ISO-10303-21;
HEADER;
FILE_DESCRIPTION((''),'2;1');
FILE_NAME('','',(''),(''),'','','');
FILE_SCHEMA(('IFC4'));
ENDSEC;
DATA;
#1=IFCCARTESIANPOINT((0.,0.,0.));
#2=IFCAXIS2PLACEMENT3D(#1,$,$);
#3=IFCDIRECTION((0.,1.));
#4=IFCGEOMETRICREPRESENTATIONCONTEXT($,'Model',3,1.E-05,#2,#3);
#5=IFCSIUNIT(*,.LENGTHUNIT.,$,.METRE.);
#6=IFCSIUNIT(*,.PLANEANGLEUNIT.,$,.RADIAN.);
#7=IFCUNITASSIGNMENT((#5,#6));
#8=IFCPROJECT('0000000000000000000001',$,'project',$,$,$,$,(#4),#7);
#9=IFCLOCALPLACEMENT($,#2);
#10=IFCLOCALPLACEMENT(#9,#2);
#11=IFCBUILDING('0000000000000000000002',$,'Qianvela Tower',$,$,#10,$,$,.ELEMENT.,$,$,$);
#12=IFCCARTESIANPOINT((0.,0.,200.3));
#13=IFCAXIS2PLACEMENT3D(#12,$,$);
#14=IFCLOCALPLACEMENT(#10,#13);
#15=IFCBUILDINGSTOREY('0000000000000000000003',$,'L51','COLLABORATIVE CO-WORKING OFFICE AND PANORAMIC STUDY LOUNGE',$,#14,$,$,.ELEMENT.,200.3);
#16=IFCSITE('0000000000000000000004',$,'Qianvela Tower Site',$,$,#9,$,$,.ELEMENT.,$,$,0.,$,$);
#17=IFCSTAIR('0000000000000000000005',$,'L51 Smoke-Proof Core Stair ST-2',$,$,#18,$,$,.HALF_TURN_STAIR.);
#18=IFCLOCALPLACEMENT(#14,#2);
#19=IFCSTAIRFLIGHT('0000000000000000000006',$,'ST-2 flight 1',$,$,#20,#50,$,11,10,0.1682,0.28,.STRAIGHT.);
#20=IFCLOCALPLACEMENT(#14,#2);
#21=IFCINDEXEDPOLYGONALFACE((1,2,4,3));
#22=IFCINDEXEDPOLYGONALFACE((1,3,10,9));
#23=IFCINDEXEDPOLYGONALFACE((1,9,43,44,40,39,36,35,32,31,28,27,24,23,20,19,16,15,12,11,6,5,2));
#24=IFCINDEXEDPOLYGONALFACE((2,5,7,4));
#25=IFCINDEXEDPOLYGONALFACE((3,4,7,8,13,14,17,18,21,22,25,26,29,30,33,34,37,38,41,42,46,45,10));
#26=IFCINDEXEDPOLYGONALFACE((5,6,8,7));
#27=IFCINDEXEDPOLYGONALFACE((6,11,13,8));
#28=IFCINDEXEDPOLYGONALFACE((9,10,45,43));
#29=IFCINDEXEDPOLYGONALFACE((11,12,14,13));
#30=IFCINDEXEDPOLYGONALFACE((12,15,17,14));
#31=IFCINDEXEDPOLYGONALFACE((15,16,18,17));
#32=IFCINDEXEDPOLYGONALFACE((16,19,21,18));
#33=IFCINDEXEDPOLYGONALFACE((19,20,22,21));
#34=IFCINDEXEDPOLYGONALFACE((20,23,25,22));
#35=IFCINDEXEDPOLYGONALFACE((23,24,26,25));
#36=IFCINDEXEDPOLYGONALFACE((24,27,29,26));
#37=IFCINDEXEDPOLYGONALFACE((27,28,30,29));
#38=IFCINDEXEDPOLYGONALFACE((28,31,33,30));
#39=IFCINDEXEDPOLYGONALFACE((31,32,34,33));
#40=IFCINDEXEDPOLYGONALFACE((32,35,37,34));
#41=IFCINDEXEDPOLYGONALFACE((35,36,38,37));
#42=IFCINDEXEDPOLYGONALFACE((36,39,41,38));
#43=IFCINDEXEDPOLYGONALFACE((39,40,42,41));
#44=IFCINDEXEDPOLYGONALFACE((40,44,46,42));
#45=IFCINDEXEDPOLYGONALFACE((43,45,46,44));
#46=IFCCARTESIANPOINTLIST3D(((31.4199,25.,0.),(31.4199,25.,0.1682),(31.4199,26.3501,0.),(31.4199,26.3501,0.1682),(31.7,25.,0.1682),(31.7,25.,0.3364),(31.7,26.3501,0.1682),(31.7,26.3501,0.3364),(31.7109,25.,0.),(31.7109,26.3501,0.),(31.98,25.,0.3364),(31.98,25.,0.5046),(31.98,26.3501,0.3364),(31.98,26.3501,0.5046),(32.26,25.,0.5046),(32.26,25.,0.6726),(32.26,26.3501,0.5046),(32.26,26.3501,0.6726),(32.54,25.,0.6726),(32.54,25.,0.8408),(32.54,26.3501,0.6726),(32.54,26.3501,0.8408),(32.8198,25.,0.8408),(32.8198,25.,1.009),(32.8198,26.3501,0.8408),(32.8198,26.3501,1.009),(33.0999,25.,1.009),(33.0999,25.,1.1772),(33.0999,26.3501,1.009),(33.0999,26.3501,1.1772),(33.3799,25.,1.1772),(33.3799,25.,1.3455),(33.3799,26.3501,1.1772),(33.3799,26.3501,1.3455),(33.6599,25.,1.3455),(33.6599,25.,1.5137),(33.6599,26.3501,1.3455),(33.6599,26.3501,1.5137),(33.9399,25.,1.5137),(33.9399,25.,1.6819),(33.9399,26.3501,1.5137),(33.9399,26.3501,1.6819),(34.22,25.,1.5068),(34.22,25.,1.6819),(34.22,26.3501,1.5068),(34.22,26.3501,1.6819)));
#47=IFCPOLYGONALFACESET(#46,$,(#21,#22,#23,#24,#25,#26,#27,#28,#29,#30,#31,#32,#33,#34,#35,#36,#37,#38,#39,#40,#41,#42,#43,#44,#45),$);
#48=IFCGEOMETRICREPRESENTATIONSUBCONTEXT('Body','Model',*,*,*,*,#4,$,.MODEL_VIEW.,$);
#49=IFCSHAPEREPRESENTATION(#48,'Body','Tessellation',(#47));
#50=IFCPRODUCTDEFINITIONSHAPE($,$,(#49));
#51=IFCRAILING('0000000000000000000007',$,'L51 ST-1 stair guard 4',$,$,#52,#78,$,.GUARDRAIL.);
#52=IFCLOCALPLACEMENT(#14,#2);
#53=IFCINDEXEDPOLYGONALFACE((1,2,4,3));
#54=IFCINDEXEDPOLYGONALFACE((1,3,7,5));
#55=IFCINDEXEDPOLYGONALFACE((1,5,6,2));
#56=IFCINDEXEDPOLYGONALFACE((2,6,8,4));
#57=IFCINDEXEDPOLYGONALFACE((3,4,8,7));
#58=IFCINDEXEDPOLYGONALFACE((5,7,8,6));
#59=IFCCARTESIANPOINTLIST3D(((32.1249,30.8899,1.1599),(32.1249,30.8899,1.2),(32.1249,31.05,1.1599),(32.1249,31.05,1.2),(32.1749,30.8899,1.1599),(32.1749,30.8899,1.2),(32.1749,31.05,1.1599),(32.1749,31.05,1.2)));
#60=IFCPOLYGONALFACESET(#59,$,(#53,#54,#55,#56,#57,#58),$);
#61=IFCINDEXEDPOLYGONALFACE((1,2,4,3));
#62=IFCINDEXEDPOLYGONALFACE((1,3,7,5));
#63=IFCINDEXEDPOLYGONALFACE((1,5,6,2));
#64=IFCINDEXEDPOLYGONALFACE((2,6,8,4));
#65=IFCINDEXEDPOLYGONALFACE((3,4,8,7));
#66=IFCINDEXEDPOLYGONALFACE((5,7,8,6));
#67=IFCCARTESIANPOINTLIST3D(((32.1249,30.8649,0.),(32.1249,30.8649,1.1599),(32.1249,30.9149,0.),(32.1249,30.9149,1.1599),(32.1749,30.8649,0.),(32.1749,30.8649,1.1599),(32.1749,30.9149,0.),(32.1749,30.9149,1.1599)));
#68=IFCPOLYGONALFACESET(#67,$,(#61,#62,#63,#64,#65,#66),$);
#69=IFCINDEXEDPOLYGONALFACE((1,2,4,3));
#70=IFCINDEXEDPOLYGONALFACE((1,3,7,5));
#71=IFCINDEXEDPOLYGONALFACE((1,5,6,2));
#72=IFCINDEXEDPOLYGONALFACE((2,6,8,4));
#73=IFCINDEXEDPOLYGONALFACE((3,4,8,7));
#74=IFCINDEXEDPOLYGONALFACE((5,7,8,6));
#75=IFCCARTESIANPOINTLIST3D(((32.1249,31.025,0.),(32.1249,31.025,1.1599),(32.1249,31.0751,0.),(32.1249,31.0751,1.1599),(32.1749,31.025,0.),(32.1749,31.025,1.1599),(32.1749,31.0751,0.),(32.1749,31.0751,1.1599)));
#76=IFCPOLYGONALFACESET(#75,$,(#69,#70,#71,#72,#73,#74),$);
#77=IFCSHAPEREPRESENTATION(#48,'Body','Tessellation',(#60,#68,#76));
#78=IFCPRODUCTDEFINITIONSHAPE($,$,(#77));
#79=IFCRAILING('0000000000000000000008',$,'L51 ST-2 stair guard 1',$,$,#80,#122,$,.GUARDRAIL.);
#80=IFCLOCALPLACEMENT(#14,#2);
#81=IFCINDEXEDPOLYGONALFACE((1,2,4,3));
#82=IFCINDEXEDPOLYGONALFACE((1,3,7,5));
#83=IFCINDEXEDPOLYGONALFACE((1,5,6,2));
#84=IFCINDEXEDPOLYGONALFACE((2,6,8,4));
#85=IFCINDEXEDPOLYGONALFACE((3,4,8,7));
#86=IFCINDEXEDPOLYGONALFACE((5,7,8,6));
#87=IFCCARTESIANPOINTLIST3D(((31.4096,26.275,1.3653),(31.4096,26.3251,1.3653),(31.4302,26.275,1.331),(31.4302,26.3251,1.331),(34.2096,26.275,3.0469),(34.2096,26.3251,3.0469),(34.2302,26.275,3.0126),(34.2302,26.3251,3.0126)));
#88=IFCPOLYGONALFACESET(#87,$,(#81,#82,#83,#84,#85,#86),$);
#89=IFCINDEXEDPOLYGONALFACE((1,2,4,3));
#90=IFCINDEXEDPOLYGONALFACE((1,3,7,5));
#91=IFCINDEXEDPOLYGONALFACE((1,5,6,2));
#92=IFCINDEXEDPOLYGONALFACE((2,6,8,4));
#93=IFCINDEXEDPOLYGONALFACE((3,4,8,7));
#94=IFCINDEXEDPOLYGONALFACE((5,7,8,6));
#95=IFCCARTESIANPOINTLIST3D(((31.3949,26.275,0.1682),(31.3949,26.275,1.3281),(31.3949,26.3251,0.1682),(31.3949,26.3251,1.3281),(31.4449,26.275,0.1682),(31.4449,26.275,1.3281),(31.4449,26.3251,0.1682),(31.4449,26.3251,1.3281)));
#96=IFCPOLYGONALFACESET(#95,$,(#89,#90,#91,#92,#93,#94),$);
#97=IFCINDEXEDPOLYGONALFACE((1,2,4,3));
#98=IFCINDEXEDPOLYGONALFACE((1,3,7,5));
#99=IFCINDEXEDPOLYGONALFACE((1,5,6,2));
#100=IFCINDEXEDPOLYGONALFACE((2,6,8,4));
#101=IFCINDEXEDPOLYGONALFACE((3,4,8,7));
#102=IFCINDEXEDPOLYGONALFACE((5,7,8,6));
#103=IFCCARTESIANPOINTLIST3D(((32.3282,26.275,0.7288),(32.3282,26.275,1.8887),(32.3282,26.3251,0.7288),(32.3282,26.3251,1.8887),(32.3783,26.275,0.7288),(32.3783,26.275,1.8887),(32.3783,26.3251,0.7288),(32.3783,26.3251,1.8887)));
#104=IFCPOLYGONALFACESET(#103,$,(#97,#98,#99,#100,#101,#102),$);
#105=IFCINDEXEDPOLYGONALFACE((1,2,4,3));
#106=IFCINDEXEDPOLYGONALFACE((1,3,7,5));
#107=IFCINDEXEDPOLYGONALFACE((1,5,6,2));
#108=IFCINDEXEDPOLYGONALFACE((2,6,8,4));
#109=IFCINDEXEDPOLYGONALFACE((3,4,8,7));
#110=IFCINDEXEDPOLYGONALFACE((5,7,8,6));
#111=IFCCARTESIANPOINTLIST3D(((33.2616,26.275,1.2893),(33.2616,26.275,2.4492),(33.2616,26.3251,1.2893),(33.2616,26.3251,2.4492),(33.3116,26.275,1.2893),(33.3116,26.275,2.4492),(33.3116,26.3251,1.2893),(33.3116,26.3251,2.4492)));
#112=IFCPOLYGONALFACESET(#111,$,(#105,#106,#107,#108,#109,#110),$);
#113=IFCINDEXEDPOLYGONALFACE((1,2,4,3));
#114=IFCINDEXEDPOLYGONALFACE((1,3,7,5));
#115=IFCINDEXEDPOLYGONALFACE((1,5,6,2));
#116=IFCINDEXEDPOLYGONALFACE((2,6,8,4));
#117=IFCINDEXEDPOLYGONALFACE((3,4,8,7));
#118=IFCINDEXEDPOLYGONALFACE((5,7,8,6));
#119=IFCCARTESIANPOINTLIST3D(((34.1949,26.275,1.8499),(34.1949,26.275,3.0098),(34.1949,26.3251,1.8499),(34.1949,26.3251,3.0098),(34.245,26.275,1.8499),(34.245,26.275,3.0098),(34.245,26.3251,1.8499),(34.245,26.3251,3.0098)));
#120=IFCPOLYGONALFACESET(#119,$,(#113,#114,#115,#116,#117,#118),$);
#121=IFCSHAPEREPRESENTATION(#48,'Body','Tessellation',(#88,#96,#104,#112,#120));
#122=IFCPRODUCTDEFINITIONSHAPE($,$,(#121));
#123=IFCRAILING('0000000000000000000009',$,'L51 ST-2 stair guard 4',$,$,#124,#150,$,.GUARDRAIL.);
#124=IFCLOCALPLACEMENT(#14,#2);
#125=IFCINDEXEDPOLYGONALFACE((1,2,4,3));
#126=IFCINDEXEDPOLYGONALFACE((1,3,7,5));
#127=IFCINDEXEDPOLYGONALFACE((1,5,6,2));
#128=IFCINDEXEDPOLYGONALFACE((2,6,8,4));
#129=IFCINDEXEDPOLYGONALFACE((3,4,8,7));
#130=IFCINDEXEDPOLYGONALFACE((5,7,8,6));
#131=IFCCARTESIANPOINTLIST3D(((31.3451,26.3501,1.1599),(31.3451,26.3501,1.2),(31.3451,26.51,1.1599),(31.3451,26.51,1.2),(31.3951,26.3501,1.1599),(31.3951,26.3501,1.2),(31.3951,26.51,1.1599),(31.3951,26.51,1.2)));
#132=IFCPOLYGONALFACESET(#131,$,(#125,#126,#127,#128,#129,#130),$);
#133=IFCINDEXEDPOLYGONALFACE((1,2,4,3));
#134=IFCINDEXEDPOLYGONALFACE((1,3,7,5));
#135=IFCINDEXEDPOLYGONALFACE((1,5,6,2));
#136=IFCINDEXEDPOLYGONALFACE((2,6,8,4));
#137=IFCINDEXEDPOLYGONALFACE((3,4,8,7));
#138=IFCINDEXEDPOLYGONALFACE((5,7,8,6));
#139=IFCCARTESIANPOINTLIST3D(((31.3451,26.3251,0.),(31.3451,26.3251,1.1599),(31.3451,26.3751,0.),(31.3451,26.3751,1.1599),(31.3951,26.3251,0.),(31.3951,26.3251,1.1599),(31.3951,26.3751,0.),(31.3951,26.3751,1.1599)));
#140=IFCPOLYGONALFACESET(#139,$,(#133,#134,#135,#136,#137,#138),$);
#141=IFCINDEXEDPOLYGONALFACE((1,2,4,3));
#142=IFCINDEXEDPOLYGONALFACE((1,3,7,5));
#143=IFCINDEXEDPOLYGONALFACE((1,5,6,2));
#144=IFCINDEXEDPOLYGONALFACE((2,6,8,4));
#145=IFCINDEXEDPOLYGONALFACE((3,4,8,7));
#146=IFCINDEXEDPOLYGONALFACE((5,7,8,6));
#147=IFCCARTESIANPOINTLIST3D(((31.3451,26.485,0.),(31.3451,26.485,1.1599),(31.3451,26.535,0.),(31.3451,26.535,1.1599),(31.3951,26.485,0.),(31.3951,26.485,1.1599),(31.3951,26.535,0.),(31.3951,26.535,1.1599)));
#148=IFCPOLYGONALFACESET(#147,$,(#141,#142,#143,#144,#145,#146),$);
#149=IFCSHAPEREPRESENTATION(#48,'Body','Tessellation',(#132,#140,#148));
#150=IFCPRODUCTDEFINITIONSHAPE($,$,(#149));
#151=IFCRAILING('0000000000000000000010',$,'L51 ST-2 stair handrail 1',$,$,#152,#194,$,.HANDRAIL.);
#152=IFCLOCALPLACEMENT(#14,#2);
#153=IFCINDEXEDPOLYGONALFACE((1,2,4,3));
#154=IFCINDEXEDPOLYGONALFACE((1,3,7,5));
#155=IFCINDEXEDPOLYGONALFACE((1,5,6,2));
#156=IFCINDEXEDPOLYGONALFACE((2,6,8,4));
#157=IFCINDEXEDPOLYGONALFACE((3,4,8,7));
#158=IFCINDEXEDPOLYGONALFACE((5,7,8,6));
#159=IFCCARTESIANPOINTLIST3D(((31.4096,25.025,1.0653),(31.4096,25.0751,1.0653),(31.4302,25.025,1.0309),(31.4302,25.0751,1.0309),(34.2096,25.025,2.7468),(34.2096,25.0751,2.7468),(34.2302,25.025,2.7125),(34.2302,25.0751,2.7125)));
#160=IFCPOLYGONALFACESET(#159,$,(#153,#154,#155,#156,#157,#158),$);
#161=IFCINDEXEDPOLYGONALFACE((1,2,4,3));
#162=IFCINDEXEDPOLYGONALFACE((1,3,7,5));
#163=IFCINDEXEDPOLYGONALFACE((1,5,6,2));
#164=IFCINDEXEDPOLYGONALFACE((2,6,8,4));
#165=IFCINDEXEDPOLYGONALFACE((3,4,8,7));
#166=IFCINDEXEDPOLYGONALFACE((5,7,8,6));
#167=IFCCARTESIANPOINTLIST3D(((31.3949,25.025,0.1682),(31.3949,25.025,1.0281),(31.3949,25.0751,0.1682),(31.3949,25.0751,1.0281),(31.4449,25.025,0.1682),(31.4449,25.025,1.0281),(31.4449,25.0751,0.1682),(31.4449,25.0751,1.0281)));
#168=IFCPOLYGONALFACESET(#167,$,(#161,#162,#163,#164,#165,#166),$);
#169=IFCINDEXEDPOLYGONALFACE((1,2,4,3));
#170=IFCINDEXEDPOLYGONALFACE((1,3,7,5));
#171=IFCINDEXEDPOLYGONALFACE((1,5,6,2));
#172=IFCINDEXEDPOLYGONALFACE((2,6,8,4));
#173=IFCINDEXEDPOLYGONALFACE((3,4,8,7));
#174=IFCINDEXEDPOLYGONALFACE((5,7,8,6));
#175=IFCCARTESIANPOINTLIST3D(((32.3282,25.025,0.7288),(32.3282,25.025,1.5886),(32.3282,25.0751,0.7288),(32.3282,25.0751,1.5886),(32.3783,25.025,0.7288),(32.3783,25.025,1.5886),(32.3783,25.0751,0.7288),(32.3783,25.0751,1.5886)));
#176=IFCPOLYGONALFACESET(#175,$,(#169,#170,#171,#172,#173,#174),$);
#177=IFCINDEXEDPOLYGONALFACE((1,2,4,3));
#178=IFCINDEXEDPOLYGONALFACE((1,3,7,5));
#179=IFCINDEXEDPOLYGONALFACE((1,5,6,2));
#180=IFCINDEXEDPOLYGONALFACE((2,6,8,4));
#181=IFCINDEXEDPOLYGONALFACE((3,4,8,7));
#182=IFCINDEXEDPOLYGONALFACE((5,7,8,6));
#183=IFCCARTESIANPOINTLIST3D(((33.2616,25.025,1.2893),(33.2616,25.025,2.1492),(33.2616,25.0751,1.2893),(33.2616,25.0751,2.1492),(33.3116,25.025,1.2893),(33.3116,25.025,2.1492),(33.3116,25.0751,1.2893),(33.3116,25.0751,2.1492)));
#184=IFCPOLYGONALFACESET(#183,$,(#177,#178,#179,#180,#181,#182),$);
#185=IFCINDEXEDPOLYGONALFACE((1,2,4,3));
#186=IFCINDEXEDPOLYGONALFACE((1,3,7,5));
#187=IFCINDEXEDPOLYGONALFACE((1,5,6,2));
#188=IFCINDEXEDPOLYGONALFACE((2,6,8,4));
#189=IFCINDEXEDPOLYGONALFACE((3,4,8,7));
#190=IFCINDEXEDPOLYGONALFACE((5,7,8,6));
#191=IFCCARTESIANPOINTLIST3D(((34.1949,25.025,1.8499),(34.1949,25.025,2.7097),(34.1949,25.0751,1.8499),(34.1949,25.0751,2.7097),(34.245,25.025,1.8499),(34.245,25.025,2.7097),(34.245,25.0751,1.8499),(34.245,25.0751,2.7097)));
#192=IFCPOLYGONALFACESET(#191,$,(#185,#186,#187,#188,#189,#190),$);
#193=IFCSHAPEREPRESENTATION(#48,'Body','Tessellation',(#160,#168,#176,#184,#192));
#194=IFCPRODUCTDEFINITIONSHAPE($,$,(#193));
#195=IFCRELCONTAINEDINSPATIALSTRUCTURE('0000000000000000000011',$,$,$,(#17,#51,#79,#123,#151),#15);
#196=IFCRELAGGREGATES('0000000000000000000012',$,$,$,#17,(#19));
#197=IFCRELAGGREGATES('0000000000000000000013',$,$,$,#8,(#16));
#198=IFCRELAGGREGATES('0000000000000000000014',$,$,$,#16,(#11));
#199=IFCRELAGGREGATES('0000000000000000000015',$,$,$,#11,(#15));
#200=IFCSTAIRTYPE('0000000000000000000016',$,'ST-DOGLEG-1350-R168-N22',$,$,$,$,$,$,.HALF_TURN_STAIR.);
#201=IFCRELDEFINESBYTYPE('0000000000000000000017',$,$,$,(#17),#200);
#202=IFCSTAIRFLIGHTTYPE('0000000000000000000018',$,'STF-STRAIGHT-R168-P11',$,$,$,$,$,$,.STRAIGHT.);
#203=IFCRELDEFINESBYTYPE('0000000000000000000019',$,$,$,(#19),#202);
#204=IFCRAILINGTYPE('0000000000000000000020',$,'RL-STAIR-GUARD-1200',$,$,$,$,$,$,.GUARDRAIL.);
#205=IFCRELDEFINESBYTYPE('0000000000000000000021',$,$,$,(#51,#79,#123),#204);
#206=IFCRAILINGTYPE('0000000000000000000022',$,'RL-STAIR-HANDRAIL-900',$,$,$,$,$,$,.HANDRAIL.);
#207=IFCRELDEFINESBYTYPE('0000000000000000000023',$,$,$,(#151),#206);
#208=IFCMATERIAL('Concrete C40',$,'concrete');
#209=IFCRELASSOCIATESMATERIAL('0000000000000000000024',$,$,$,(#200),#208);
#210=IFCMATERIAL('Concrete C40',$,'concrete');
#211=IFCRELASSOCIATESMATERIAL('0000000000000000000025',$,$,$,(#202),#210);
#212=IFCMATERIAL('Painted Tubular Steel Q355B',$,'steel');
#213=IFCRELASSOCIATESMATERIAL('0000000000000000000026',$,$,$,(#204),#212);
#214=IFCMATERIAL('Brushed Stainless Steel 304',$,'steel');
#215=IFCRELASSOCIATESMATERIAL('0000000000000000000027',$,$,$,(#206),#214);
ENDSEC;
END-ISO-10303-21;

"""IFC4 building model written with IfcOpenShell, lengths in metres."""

from ifc_helpers import new_model, si_unit, direction, frame, origin, origin_2d, place, context, subcontext, project, spatial, polyline, rectangle, outline, extrude, material, type_object, element, aggregate, save


model = new_model("IFC4")

# Units and contexts
model_context = context("Model", 3, precision=1e-05, world=origin(), true_north=direction((0.0, 1.0)))
body_context = subcontext(model_context, "Body", "Model", "MODEL_VIEW")
ifc_project = project(units=[si_unit("LENGTHUNIT", "METRE"), si_unit("PLANEANGLEUNIT", "RADIAN")], contexts=[model_context])

# Site, building, storey
site_placement = place(None, origin())
site = spatial("IfcSite", under=ifc_project, at=site_placement, Name="Qianvela Tower Site", CompositionType="ELEMENT", RefElevation=0.0)
building_placement = place(site_placement, origin())
building = spatial("IfcBuilding", under=site, at=building_placement, Name="Qianvela Tower", CompositionType="ELEMENT")
storey_placement = place(building_placement, frame((0.0, 0.0, 200.3)))
storey = spatial("IfcBuildingStorey", under=building, at=storey_placement, Name="L51", Description="COLLABORATIVE CO-WORKING OFFICE AND PANORAMIC STUDY LOUNGE", CompositionType="ELEMENT", Elevation=200.3)

# Stair, stair flight
ifc_material_1 = material(Name="Concrete C40", Category="concrete")
stair_type = type_object("IfcStairType", Name="ST-DOGLEG-1350-R168-N22", PredefinedType="HALF_TURN_STAIR", material=ifc_material_1)
ifc_material_2 = material(Name="Concrete C40", Category="concrete")
stair_flight_type = type_object("IfcStairFlightType", Name="STF-STRAIGHT-R168-P11", PredefinedType="STRAIGHT", material=ifc_material_2)
stair_1_placement = place(storey_placement, origin())
stair_1 = element("IfcStair", 1, at=stair_1_placement, inside=storey, type_object=stair_type, Name="L51 Smoke-Proof Core Stair ST-2", PredefinedType="HALF_TURN_STAIR")
stair_flight_1_placement = place(storey_placement, frame((31.4199, 25.675, 0.0), z_axis=(0.0, 0.0, 1.0), x_axis=(1.0, 0.0, 0.0)))
stair_flight_1 = element("IfcStairFlight", 2, at=stair_flight_1_placement, type_object=stair_flight_type, Name="ST-2 flight 1", NumberOfRisers=11, NumberOfTreads=10, PredefinedType="STRAIGHT", RiserHeight=0.1682, TreadLength=0.28, context=body_context, shape_type="SweptSolid", body=[
    extrude(outline(polyline([(0.0, 0.0), (0.0, 0.1682), (0.28, 0.1682), (0.28, 0.3364), (0.5601, 0.3364), (0.5601, 0.5046), (0.8401, 0.5046), (0.8401, 0.6726), (1.1201, 0.6726), (1.1201, 0.8408), (1.3999, 0.8408), (1.3999, 1.009), (1.6799, 1.009), (1.6799, 1.1772), (1.96, 1.1772), (1.96, 1.3455), (2.24, 1.3455), (2.24, 1.5137), (2.52, 1.5137), (2.52, 1.6819), (2.8, 1.6819), (2.8, 1.8501), (2.8, 1.5068), (0.291, 0.0), (0.0, 0.0)])), frame((0.0, 0.675, 0.0), z_axis=(0.0, -1.0, 0.0), x_axis=(1.0, 0.0, 0.0)), (0.0, 0.0, 1.0), 1.3501),
])
aggregate(stair_1, [stair_flight_1])

# Railings
ifc_material_3 = material(Name="Painted Tubular Steel Q355B", Category="steel")
railing_type_1 = type_object("IfcRailingType", Name="RL-STAIR-GUARD-1200", PredefinedType="GUARDRAIL", material=ifc_material_3)
railing_1_placement = place(storey_placement, frame((32.1499, 30.8899, 0.0)))
element("IfcRailing", 3, at=railing_1_placement, inside=storey, type_object=railing_type_1, Name="L51 ST-1 stair guard 4", PredefinedType="GUARDRAIL", context=body_context, shape_type="SweptSolid", body=[
    extrude(rectangle(XDim=0.05, YDim=0.04, at=origin_2d()), frame((0.0, 0.0, 1.1799), z_axis=(0.0, 1.0, 0.0), x_axis=(-1.0, 0.0, 0.0)), (0.0, 0.0, 1.0), 0.1602),
    extrude(rectangle(XDim=0.05, YDim=0.05, at=origin_2d()), origin(), (0.0, 0.0, 1.0), 1.1599),
    extrude(rectangle(XDim=0.05, YDim=0.05, at=origin_2d()), frame((0.0, 0.1602, 0.0)), (0.0, 0.0, 1.0), 1.1599),
])
railing_2_placement = place(storey_placement, frame((31.4199, 26.3, 0.1682)))
element("IfcRailing", 4, at=railing_2_placement, inside=storey, type_object=railing_type_1, Name="L51 ST-2 stair guard 1", PredefinedType="GUARDRAIL", context=body_context, shape_type="SweptSolid", body=[
    extrude(rectangle(XDim=0.05, YDim=0.04, at=origin_2d()), frame((0.0, 0.0, 1.1799), z_axis=(0.857275, 0.0, 0.514858), x_axis=(0.0, 1.0, 0.0)), (0.0, 0.0, 1.0), 3.2661),
    extrude(rectangle(XDim=0.05, YDim=0.05, at=origin_2d()), origin(), (0.0, 0.0, 1.0), 1.1599),
    extrude(rectangle(XDim=0.05, YDim=0.05, at=origin_2d()), frame((0.9333, 0.0, 0.5605)), (0.0, 0.0, 1.0), 1.1599),
    extrude(rectangle(XDim=0.05, YDim=0.05, at=origin_2d()), frame((1.8667, 0.0, 1.1211)), (0.0, 0.0, 1.0), 1.1599),
    extrude(rectangle(XDim=0.05, YDim=0.05, at=origin_2d()), frame((2.8, 0.0, 1.6816)), (0.0, 0.0, 1.0), 1.1599),
])
railing_3_placement = place(storey_placement, frame((31.3701, 26.3501, 0.0)))
element("IfcRailing", 5, at=railing_3_placement, inside=storey, type_object=railing_type_1, Name="L51 ST-2 stair guard 4", PredefinedType="GUARDRAIL", context=body_context, shape_type="SweptSolid", body=[
    extrude(rectangle(XDim=0.05, YDim=0.04, at=origin_2d()), frame((0.0, 0.0, 1.1799), z_axis=(0.0, 1.0, 0.0), x_axis=(-1.0, 0.0, 0.0)), (0.0, 0.0, 1.0), 0.1599),
    extrude(rectangle(XDim=0.05, YDim=0.05, at=origin_2d()), origin(), (0.0, 0.0, 1.0), 1.1599),
    extrude(rectangle(XDim=0.05, YDim=0.05, at=origin_2d()), frame((0.0, 0.1599, 0.0)), (0.0, 0.0, 1.0), 1.1599),
])
ifc_material_4 = material(Name="Brushed Stainless Steel 304", Category="steel")
railing_type_2 = type_object("IfcRailingType", Name="RL-STAIR-HANDRAIL-900", PredefinedType="HANDRAIL", material=ifc_material_4)
railing_4_placement = place(storey_placement, frame((31.4199, 25.05, 0.1682)))
element("IfcRailing", 6, at=railing_4_placement, inside=storey, type_object=railing_type_2, Name="L51 ST-2 stair handrail 1", PredefinedType="HANDRAIL", context=body_context, shape_type="SweptSolid", body=[
    extrude(rectangle(XDim=0.05, YDim=0.04, at=origin_2d()), frame((0.0, 0.0, 0.8799), z_axis=(0.857275, 0.0, 0.514858), x_axis=(0.0, 1.0, 0.0)), (0.0, 0.0, 1.0), 3.2661),
    extrude(rectangle(XDim=0.05, YDim=0.05, at=origin_2d()), origin(), (0.0, 0.0, 1.0), 0.8599),
    extrude(rectangle(XDim=0.05, YDim=0.05, at=origin_2d()), frame((0.9333, 0.0, 0.5605)), (0.0, 0.0, 1.0), 0.8599),
    extrude(rectangle(XDim=0.05, YDim=0.05, at=origin_2d()), frame((1.8667, 0.0, 1.1211)), (0.0, 0.0, 1.0), 0.8599),
    extrude(rectangle(XDim=0.05, YDim=0.05, at=origin_2d()), frame((2.8, 0.0, 1.6816)), (0.0, 0.0, 1.0), 0.8599),
])

save(model, "model.ifc")
